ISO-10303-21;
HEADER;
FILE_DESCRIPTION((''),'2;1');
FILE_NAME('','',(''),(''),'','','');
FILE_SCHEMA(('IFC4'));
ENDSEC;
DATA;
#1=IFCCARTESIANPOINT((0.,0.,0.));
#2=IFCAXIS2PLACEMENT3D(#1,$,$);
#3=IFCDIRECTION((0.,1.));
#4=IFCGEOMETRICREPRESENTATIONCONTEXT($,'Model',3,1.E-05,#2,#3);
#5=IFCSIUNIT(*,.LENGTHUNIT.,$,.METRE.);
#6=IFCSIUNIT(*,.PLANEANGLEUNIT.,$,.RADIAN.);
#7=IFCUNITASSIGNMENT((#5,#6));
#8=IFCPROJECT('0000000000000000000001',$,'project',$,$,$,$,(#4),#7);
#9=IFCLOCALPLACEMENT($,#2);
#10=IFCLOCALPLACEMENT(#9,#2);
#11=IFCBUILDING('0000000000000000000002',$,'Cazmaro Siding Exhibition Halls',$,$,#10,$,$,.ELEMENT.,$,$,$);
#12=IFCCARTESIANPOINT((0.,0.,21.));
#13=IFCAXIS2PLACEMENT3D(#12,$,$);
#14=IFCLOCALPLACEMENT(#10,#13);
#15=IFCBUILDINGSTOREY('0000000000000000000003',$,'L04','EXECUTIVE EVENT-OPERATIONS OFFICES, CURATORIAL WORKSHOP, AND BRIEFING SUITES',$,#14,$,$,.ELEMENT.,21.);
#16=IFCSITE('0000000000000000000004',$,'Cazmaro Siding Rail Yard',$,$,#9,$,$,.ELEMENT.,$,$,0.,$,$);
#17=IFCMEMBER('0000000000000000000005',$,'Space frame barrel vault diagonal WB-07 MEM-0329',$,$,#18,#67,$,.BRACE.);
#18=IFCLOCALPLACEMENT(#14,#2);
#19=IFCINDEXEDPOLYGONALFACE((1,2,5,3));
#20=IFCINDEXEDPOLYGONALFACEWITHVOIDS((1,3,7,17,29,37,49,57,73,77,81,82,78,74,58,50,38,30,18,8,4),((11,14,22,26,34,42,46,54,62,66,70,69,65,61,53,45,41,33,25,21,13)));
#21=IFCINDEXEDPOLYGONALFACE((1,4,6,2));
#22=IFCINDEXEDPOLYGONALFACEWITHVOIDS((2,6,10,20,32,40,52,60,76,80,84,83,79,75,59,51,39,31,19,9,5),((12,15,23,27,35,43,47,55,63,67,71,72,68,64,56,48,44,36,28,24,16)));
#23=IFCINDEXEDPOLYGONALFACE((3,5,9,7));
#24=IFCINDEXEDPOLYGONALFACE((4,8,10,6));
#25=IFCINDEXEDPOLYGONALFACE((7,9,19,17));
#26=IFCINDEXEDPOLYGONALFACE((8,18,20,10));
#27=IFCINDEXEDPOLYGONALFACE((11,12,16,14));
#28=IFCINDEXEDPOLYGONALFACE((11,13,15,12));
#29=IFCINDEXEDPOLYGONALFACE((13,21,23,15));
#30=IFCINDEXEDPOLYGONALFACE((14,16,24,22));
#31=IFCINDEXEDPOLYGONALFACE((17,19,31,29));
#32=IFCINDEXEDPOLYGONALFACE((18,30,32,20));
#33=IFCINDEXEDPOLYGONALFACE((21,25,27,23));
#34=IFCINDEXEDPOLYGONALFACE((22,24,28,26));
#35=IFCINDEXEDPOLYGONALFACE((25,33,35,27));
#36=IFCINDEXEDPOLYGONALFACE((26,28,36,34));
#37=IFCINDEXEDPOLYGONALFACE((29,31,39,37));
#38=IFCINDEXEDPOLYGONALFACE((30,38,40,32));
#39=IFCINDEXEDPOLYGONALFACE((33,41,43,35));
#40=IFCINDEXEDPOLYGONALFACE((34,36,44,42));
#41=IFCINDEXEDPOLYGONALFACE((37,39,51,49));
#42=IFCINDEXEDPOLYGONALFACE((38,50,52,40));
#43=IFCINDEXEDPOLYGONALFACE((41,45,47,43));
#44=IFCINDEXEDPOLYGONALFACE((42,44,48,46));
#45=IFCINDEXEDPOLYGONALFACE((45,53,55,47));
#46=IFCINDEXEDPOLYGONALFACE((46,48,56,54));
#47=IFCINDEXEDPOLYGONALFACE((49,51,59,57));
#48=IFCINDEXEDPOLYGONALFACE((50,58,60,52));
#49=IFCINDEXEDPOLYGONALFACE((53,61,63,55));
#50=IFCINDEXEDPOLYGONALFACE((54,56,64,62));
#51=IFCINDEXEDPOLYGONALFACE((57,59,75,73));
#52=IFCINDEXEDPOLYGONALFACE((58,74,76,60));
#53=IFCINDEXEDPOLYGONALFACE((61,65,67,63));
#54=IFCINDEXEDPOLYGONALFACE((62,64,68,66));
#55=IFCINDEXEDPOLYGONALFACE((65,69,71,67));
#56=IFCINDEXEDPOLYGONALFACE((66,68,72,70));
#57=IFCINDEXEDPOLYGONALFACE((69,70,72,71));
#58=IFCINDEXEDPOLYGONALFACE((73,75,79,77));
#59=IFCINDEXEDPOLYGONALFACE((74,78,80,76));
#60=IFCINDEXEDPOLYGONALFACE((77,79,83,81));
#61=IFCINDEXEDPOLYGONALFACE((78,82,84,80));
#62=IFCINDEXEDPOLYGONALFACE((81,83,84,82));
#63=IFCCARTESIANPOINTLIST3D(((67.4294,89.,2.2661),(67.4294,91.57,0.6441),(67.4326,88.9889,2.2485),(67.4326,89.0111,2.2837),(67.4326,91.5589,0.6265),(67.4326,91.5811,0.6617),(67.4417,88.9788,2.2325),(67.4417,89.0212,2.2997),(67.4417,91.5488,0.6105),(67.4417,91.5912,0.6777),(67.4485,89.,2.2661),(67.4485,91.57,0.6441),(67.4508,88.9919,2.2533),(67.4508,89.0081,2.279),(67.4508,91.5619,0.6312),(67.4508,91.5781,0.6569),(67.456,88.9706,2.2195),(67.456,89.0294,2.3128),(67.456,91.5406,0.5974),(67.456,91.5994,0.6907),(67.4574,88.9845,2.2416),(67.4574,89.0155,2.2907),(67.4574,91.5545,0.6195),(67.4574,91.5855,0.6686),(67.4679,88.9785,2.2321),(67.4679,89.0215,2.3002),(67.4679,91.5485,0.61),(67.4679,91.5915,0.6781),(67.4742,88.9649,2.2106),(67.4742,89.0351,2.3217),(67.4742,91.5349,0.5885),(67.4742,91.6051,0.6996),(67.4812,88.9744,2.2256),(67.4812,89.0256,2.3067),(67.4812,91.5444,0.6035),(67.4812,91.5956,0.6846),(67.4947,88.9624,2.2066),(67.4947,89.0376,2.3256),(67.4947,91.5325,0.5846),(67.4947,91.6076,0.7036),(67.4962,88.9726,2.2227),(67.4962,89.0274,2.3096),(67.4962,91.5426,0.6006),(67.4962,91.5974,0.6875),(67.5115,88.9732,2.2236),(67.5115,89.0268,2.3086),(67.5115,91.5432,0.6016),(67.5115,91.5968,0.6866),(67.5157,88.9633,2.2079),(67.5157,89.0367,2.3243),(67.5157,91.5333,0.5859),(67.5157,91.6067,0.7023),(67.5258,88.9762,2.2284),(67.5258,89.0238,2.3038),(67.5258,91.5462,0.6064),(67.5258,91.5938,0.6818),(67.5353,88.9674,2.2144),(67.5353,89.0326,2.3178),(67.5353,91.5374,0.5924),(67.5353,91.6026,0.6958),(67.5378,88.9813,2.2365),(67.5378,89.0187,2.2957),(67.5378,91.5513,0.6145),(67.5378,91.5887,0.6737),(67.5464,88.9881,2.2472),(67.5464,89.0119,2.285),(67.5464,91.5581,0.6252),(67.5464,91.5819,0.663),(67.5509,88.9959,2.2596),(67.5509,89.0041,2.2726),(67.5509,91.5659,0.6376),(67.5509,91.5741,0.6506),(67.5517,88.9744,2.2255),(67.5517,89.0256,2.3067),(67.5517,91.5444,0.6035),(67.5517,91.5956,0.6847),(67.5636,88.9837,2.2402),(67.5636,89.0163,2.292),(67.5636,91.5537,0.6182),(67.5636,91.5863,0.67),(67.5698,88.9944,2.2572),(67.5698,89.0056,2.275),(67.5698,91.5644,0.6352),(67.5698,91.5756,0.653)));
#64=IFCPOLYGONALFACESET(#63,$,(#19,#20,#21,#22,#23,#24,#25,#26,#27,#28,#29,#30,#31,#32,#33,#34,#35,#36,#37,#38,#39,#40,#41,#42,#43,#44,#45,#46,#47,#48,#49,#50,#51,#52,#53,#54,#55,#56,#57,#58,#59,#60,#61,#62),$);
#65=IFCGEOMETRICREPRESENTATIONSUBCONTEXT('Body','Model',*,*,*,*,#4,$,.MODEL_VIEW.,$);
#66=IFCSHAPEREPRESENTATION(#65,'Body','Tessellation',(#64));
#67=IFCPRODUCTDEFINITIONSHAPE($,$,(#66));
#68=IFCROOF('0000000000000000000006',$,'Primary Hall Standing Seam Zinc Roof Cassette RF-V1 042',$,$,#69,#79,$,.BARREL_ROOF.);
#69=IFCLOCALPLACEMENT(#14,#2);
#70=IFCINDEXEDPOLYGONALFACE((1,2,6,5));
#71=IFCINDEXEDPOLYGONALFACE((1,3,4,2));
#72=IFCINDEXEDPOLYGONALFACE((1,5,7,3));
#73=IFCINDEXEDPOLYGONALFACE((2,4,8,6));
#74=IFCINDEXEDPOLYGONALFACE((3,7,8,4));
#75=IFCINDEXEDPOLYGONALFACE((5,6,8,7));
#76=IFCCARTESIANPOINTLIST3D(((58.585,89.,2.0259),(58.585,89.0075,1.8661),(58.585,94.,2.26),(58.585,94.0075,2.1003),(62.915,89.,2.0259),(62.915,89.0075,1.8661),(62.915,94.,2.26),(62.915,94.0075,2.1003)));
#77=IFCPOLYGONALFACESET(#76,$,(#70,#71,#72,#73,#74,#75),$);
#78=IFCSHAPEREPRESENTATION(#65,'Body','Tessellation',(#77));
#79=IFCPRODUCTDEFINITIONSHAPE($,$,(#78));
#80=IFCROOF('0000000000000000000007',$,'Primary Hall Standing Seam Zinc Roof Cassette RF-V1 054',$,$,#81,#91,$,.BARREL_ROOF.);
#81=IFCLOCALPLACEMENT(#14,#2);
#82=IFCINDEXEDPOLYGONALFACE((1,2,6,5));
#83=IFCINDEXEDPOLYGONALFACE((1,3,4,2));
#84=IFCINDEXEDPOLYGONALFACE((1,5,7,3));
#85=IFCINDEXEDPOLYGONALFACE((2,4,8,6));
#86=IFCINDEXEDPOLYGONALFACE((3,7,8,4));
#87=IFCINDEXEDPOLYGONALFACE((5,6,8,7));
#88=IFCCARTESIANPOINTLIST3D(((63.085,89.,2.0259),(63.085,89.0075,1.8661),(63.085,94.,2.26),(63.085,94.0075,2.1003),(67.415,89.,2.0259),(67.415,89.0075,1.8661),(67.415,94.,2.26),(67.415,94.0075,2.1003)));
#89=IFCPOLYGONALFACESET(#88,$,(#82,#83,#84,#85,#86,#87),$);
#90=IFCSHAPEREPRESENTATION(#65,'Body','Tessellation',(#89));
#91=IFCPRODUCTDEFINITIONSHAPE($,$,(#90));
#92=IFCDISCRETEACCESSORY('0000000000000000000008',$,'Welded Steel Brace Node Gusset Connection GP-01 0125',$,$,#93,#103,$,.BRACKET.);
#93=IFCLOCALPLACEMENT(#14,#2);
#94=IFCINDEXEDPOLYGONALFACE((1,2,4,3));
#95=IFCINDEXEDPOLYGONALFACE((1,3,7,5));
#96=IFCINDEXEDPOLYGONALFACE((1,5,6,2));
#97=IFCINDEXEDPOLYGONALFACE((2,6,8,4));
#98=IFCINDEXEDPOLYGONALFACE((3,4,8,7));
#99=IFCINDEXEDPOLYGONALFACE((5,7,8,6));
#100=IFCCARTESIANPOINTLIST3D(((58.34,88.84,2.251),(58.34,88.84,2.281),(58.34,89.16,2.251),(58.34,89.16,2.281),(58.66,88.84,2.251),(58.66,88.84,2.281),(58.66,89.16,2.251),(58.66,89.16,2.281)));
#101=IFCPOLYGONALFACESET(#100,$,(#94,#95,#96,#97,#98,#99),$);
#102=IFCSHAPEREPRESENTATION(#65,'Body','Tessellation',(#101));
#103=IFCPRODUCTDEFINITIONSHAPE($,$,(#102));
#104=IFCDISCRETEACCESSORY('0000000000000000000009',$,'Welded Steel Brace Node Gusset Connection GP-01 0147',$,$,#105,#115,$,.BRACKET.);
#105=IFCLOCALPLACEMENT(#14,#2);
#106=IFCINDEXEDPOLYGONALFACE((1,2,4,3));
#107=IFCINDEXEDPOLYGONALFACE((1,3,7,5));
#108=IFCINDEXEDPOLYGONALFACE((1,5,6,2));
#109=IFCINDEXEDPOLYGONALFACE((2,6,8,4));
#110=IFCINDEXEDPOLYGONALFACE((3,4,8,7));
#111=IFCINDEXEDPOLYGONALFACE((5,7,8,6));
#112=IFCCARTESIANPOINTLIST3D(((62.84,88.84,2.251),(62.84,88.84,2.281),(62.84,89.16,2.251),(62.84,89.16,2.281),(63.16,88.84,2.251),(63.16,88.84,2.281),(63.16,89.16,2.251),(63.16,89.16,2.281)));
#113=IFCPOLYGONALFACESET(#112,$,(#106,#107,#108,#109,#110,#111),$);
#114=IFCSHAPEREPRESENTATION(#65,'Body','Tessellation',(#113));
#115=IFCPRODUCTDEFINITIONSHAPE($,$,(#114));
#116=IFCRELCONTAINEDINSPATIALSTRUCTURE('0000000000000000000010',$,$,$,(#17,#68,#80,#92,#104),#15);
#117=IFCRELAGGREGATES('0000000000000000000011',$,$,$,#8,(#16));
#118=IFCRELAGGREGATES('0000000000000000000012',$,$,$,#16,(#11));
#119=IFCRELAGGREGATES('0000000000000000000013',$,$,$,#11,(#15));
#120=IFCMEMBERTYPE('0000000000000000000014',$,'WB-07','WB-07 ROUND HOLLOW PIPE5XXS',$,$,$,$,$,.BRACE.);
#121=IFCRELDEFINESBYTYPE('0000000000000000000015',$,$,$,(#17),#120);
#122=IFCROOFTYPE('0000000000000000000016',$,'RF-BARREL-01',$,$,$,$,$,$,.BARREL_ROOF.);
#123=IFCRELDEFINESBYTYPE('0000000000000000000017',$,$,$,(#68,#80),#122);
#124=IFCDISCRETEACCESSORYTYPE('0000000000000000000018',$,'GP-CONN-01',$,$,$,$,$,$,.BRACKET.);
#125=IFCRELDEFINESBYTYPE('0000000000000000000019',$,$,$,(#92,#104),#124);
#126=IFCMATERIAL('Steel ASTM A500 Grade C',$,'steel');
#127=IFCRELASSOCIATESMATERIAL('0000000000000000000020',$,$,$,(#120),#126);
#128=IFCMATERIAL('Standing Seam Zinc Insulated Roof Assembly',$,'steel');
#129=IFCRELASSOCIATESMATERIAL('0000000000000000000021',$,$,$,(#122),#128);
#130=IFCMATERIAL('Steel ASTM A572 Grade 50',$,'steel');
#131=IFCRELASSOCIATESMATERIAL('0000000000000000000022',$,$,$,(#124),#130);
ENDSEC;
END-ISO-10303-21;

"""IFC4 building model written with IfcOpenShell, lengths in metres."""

from ifc_helpers import new_model, si_unit, direction, frame, origin, origin_2d, place, context, subcontext, project, spatial, polyline, rectangle, hollow_circle, outline, extrude, material, material_profile, profile_set, type_object, element, save


model = new_model("IFC4")

# Units and contexts
model_context = context("Model", 3, precision=1e-05, world=origin(), true_north=direction((0.0, 1.0)))
body_context = subcontext(model_context, "Body", "Model", "MODEL_VIEW")
ifc_project = project(units=[si_unit("LENGTHUNIT", "METRE"), si_unit("PLANEANGLEUNIT", "RADIAN")], contexts=[model_context])

# Site, building, storey
site_placement = place(None, origin())
site = spatial("IfcSite", under=ifc_project, at=site_placement, Name="Cazmaro Siding Rail Yard", CompositionType="ELEMENT", RefElevation=0.0)
building_placement = place(site_placement, origin())
building = spatial("IfcBuilding", under=site, at=building_placement, Name="Cazmaro Siding Exhibition Halls", CompositionType="ELEMENT")
storey_placement = place(building_placement, frame((0.0, 0.0, 21.0)))
storey = spatial("IfcBuildingStorey", under=building, at=storey_placement, Name="L04", Description="EXECUTIVE EVENT-OPERATIONS OFFICES, CURATORIAL WORKSHOP, AND BRIEFING SUITES", CompositionType="ELEMENT", Elevation=21.0)

# Member
ifc_material_1 = material(Name="Steel ASTM A500 Grade C", Category="steel")
ifc_material_profile_1 = material_profile(ifc_material_1, hollow_circle(Radius=0.0706, WallThickness=0.019, at=origin_2d()), Name="PIPE5XXS")
ifc_profile_set_1 = profile_set([ifc_material_profile_1], Name="Steel ASTM A500 Grade C")
member_type_1 = type_object("IfcMemberType", Name="WB-07", Description="WB-07 ROUND HOLLOW PIPE5XXS", PredefinedType="BRACE", material=ifc_profile_set_1)
for number, where, z_axis, x_axis, name in (
    (1, (67.5, 89.0, 2.2661), (0.0, 0.845657, -0.533727), (-1.0, 0.0, 0.0), "Space frame barrel vault diagonal WB-07 MEM-0329"),
):
    element("IfcMember", number, at=place(storey_placement, frame(where, z_axis=z_axis, x_axis=x_axis)), inside=storey, type_object=member_type_1, Name=name, PredefinedType="BRACE", context=body_context, shape_type="SweptSolid", body=[
        extrude(hollow_circle(Radius=0.0706, WallThickness=0.019, at=origin_2d()), origin(), (0.0, 0.0, 1.0), 3.0391),
    ])

# Roofs
ifc_material_2 = material(Name="Standing Seam Zinc Insulated Roof Assembly", Category="steel")
roof_type = type_object("IfcRoofType", Name="RF-BARREL-01", PredefinedType="BARREL_ROOF", material=ifc_material_2)
for number, where, z_axis, x_axis, name in (
    (2, (58.585, 89.0, 2.0259), (0.0, -0.046775, 0.998905), (1.0, 0.0, 0.0), "Primary Hall Standing Seam Zinc Roof Cassette RF-V1 042"),
    (3, (63.085, 89.0, 2.0259), (0.0, -0.046775, 0.998905), (1.0, 0.0, 0.0), "Primary Hall Standing Seam Zinc Roof Cassette RF-V1 054"),
):
    element("IfcRoof", number, at=place(storey_placement, frame(where, z_axis=z_axis, x_axis=x_axis)), inside=storey, type_object=roof_type, Name=name, PredefinedType="BARREL_ROOF", context=body_context, shape_type="SweptSolid", body=[
        extrude(outline(polyline([(0.0, 0.0), (4.3301, 0.0), (4.3301, 5.0055), (0.0, 5.0055), (0.0, 0.0)])), origin(), (0.0, 0.0, -1.0), 0.1599),
    ])

# Discrete accessories
ifc_material_3 = material(Name="Steel ASTM A572 Grade 50", Category="steel")
discrete_accessory_type = type_object("IfcDiscreteAccessoryType", Name="GP-CONN-01", PredefinedType="BRACKET", material=ifc_material_3)
for number, where, z_axis, x_axis, name in (
    (4, (58.5, 89.0, 2.251), (0.0, 0.0, 1.0), (1.0, 0.0, 0.0), "Welded Steel Brace Node Gusset Connection GP-01 0125"),
    (5, (63.0, 89.0, 2.251), (0.0, 0.0, 1.0), (1.0, 0.0, 0.0), "Welded Steel Brace Node Gusset Connection GP-01 0147"),
):
    element("IfcDiscreteAccessory", number, at=place(storey_placement, frame(where, z_axis=z_axis, x_axis=x_axis)), inside=storey, type_object=discrete_accessory_type, Name=name, PredefinedType="BRACKET", context=body_context, shape_type="SweptSolid", body=[
        extrude(rectangle(XDim=0.3201, YDim=0.3201, at=origin_2d()), origin(), (0.0, 0.0, 1.0), 0.03),
    ])

save(model, "model.ifc")
